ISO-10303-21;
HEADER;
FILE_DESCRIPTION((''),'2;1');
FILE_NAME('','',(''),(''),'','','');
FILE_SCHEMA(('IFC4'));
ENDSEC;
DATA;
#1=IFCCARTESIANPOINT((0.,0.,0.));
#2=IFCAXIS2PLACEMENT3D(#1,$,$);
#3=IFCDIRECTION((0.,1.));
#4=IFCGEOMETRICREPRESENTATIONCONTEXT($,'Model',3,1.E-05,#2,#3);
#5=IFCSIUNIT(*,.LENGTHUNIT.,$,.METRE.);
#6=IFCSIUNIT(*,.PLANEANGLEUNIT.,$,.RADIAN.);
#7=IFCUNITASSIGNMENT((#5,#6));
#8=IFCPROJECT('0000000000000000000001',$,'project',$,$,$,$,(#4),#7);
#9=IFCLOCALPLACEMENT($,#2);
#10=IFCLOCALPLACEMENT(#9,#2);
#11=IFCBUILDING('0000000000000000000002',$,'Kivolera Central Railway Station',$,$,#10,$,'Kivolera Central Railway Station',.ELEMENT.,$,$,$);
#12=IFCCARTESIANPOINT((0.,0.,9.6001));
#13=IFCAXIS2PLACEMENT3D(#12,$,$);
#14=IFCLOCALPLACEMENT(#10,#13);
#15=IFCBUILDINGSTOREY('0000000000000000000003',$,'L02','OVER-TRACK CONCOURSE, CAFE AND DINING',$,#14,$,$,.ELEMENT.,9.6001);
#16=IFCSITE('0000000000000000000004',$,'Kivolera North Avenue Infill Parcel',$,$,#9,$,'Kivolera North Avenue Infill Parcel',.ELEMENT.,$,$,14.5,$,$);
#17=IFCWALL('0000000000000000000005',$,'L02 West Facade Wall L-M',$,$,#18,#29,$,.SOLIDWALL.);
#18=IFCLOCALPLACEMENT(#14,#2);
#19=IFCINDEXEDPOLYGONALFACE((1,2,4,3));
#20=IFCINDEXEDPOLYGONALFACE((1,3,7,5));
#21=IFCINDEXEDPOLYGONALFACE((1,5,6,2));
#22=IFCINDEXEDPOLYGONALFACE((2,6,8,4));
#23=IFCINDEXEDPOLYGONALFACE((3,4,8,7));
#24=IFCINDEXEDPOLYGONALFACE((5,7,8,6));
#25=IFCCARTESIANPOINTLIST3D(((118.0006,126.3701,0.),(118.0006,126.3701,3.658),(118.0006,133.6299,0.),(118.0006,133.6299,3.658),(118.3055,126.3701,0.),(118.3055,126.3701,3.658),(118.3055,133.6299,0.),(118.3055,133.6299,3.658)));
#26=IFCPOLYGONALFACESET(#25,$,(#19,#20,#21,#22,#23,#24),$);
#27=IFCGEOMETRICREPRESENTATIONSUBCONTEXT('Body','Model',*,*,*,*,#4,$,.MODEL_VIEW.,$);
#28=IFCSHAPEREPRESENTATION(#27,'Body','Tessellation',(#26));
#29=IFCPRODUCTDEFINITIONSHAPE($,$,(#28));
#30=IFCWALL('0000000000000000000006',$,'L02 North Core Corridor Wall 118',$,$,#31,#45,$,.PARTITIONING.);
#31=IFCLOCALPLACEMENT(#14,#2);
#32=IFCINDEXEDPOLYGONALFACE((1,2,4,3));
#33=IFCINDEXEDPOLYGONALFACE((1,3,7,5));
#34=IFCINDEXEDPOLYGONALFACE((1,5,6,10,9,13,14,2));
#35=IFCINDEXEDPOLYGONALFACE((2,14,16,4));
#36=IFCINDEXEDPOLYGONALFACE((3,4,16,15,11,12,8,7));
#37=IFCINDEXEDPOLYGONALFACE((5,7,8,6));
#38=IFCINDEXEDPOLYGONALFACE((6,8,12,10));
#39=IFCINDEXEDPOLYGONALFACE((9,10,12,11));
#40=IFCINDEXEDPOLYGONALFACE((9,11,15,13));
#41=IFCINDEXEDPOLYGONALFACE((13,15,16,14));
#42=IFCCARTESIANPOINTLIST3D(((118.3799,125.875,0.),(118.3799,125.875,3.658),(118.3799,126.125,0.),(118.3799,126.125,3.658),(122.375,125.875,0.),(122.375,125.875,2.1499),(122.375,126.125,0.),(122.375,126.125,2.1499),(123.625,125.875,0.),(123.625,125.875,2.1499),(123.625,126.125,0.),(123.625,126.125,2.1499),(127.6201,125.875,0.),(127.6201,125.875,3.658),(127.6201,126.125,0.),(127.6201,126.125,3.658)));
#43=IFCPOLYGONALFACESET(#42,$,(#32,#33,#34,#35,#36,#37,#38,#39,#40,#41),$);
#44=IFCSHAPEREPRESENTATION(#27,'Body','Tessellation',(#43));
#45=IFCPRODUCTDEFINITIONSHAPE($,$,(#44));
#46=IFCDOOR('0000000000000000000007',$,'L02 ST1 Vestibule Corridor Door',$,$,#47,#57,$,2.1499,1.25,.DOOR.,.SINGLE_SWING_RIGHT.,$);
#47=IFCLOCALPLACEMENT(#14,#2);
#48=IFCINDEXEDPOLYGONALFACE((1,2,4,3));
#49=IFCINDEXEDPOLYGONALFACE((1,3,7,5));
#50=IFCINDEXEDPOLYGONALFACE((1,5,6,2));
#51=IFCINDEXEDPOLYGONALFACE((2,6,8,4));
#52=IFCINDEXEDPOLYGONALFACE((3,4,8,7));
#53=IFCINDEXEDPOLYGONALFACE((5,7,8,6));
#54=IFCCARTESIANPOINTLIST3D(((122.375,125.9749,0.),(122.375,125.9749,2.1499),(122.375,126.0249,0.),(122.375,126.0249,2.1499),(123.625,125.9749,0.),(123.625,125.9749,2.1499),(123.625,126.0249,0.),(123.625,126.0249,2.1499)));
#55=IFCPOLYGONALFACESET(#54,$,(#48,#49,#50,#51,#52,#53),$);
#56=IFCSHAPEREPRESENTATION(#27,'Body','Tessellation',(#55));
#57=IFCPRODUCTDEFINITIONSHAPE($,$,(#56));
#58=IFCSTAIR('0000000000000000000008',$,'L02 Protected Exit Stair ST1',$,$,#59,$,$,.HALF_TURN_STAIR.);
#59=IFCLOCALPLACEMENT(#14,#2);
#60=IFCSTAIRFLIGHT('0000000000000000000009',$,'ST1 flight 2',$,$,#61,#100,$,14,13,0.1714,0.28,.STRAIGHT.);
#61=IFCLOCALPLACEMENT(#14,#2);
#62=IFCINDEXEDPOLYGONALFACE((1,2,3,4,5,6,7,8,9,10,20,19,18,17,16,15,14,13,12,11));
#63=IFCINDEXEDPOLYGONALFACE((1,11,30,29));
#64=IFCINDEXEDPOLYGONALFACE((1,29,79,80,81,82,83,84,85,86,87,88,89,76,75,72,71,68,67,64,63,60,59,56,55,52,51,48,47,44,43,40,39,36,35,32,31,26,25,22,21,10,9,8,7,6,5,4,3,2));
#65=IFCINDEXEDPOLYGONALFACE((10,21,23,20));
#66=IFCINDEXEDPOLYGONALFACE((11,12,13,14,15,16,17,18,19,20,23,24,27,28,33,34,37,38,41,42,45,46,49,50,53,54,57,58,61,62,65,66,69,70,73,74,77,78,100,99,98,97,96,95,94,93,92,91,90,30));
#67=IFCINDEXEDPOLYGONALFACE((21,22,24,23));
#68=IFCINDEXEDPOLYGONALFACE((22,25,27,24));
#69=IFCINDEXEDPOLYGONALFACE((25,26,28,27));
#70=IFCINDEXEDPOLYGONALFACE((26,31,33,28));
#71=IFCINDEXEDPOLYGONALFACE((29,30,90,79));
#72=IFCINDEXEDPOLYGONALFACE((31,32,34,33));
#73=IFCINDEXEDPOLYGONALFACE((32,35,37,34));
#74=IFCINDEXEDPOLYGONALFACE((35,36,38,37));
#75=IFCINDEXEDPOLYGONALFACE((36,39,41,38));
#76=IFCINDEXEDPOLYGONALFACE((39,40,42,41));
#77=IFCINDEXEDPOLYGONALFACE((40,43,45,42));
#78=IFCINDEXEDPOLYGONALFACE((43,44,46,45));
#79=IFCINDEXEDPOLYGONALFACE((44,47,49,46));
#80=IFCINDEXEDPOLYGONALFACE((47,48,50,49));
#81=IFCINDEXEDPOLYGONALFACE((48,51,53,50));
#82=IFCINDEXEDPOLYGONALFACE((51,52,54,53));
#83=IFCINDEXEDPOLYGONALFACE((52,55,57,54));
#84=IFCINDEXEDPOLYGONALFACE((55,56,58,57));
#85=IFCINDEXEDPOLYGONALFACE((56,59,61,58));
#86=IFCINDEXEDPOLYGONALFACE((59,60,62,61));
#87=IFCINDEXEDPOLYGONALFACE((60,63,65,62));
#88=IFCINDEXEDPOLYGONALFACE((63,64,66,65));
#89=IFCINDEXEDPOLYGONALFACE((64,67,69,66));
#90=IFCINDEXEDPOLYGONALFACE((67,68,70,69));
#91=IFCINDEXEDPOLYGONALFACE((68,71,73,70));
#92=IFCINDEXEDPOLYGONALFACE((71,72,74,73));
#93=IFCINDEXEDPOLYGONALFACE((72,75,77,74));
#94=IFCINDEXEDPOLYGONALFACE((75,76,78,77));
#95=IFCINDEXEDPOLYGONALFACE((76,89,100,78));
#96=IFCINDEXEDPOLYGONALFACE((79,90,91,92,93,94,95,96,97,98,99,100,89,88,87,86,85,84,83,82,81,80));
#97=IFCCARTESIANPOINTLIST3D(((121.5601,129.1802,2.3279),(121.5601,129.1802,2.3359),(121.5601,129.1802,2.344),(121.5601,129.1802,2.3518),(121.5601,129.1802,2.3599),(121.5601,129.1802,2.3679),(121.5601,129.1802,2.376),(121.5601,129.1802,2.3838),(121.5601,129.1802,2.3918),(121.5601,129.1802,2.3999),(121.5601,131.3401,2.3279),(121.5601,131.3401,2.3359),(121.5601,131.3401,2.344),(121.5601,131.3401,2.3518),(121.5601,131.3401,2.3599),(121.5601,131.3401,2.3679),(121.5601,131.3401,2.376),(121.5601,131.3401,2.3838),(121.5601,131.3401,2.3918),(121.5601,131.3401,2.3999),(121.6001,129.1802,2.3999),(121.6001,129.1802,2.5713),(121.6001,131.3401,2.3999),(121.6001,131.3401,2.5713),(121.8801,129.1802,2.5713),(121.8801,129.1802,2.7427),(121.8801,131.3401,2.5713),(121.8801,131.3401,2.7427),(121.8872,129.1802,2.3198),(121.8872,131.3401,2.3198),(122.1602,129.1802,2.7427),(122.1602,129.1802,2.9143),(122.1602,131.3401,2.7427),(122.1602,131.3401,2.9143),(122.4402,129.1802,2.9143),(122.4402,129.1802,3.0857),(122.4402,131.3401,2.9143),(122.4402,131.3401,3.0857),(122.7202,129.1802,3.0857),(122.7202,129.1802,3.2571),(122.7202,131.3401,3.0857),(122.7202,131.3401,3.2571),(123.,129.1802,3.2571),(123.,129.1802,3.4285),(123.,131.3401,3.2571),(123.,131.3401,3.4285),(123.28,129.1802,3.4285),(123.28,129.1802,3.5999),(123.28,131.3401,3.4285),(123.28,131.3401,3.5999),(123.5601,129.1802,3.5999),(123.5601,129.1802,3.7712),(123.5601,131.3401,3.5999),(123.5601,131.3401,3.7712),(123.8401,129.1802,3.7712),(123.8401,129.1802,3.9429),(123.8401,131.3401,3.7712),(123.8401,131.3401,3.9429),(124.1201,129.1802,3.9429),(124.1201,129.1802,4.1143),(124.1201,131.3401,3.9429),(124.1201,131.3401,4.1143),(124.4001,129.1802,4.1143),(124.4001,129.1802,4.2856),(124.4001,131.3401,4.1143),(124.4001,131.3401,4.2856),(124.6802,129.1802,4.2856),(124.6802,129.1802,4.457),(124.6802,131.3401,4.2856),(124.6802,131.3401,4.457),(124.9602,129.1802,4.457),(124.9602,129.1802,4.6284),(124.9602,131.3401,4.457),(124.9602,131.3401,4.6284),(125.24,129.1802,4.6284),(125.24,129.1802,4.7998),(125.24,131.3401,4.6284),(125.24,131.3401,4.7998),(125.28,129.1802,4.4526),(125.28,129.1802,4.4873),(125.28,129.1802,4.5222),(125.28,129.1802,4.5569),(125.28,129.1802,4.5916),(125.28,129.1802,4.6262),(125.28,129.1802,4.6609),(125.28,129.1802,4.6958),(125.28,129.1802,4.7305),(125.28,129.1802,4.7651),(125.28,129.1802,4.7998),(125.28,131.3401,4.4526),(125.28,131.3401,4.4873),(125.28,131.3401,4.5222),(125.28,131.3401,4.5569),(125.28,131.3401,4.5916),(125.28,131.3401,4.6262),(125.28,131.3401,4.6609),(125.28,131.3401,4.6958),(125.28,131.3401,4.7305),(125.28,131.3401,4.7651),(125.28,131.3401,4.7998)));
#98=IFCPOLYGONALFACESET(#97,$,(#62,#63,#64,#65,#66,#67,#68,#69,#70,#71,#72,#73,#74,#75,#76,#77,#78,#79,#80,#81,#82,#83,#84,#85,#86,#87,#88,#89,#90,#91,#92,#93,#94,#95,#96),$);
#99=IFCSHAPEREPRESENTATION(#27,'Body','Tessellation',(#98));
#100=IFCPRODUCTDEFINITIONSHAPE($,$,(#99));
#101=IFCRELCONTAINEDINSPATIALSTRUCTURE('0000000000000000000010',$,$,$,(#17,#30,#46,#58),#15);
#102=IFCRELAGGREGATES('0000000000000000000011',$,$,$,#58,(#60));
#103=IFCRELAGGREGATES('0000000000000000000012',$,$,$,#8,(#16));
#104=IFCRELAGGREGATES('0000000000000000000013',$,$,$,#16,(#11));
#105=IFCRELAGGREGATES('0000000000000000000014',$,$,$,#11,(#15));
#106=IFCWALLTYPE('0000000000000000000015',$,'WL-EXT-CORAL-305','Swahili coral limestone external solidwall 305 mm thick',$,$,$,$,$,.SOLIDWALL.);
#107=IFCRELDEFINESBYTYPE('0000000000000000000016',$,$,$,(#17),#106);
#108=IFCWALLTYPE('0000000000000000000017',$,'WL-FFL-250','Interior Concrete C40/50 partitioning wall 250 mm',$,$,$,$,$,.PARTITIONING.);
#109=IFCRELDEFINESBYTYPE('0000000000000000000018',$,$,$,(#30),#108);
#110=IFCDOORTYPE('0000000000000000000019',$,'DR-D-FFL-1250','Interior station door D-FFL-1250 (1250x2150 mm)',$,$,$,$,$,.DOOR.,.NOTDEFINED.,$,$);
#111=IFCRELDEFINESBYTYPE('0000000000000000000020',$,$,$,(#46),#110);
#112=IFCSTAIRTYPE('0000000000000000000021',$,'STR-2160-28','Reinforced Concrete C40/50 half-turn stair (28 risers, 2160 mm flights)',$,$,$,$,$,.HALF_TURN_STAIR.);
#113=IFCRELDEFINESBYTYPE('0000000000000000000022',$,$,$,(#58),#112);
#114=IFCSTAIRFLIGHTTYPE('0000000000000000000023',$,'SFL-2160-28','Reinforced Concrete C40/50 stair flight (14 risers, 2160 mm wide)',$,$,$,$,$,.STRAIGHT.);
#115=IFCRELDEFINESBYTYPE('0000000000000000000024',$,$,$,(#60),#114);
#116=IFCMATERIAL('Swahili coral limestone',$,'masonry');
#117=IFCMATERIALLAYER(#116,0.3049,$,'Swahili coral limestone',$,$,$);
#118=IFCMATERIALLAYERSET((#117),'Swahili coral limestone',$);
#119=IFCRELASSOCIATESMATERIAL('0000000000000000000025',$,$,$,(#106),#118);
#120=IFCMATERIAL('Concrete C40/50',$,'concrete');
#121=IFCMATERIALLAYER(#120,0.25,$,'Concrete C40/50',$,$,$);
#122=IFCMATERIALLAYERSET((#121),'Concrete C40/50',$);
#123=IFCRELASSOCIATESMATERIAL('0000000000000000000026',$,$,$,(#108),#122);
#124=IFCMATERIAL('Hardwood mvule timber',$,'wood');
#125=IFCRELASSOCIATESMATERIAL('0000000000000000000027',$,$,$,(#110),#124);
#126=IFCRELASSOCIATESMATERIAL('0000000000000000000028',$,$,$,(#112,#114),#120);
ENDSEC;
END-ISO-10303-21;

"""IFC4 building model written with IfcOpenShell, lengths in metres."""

from ifc_helpers import new_model, si_unit, direction, frame, frame_2d, origin, place, context, subcontext, project, spatial, polyline, rectangle, outline, extrude, material, layer, layer_set, type_object, element, fill, aggregate, save


model = new_model("IFC4")

# Units and contexts
model_context = context("Model", 3, precision=1e-05, world=origin(), true_north=direction((0.0, 1.0)))
body_context = subcontext(model_context, "Body", "Model", "MODEL_VIEW")
ifc_project = project(units=[si_unit("LENGTHUNIT", "METRE"), si_unit("PLANEANGLEUNIT", "RADIAN")], contexts=[model_context])

# Site, building, storey
site_placement = place(None, origin())
site = spatial("IfcSite", under=ifc_project, at=site_placement, Name="Kivolera North Avenue Infill Parcel", LongName="Kivolera North Avenue Infill Parcel", CompositionType="ELEMENT", RefElevation=14.5)
building_placement = place(site_placement, origin())
building = spatial("IfcBuilding", under=site, at=building_placement, Name="Kivolera Central Railway Station", LongName="Kivolera Central Railway Station", CompositionType="ELEMENT")
storey_placement = place(building_placement, frame((0.0, 0.0, 9.6001)))
storey = spatial("IfcBuildingStorey", under=building, at=storey_placement, Name="L02", Description="OVER-TRACK CONCOURSE, CAFE AND DINING", CompositionType="ELEMENT", Elevation=9.6001)

# Shared definitions
ifc_material_1 = material(Name="Concrete C40/50", Category="concrete")

# Shared definitions
ifc_material_2 = material(Name="Hardwood mvule timber", Category="wood")

# Wall
ifc_material_3 = material(Name="Swahili coral limestone", Category="masonry")
ifc_layer_1 = layer(ifc_material_3, 0.3049, Name="Swahili coral limestone")
ifc_layer_set_1 = layer_set([ifc_layer_1], Name="Swahili coral limestone")
wall_type_1 = type_object("IfcWallType", Name="WL-EXT-CORAL-305", Description="Swahili coral limestone external solidwall 305 mm thick", PredefinedType="SOLIDWALL", material=ifc_layer_set_1)
wall_1_placement = place(storey_placement, frame((118.1531, 126.3701, 0.0), z_axis=(0.0, 0.0, 1.0), x_axis=(0.0, 1.0, 0.0)))
element("IfcWall", 1, at=wall_1_placement, inside=storey, type_object=wall_type_1, Name="L02 West Facade Wall L-M", PredefinedType="SOLIDWALL", context=body_context, shape_type="SweptSolid", body=[
    extrude(rectangle(XDim=7.2598, YDim=0.3049, at=frame_2d((3.6299, 0.0))), origin(), (0.0, 0.0, 1.0), 3.658),
])

# Wall, opening, door
ifc_layer_2 = layer(ifc_material_1, 0.25, Name="Concrete C40/50")
ifc_layer_set_2 = layer_set([ifc_layer_2], Name="Concrete C40/50")
wall_type_2 = type_object("IfcWallType", Name="WL-FFL-250", Description="Interior Concrete C40/50 partitioning wall 250 mm", PredefinedType="PARTITIONING", material=ifc_layer_set_2)
wall_2_placement = place(storey_placement, frame((118.3799, 126.0, 0.0), z_axis=(0.0, 0.0, 1.0), x_axis=(1.0, 0.0, 0.0)))
wall_2 = element("IfcWall", 2, at=wall_2_placement, inside=storey, type_object=wall_type_2, Name="L02 North Core Corridor Wall 118", PredefinedType="PARTITIONING", context=body_context, shape_type="SweptSolid", body=[
    extrude(rectangle(XDim=9.2402, YDim=0.25, at=frame_2d((4.6201, 0.0))), origin(), (0.0, 0.0, 1.0), 3.658),
])
opening_1_placement = place(wall_2_placement, frame((3.9951, 0.0, 0.0)))
opening_1 = element("IfcOpeningElement", 3, at=opening_1_placement, cuts=wall_2, PredefinedType="OPENING", context=body_context, shape_type="SweptSolid", body=[
    extrude(rectangle(XDim=1.25, YDim=2.1499, at=frame_2d((0.625, 1.075))), frame((0.0, 0.135, 0.0), z_axis=(0.0, -1.0, 0.0), x_axis=(1.0, 0.0, 0.0)), (0.0, 0.0, 1.0), 0.27),
])
door_type_1 = type_object("IfcDoorType", Name="DR-D-FFL-1250", Description="Interior station door D-FFL-1250 (1250x2150 mm)", OperationType="NOTDEFINED", PredefinedType="DOOR", material=ifc_material_2)
door_1_placement = place(opening_1_placement, origin())
door_1 = element("IfcDoor", 4, at=door_1_placement, inside=storey, type_object=door_type_1, Name="L02 ST1 Vestibule Corridor Door", OperationType="SINGLE_SWING_RIGHT", OverallHeight=2.1499, OverallWidth=1.25, PredefinedType="DOOR", context=body_context, shape_type="SweptSolid", body=[
    extrude(rectangle(XDim=1.25, YDim=2.1499, at=frame_2d((0.625, 1.075))), frame((0.0, 0.0249, 0.0), z_axis=(0.0, -1.0, 0.0), x_axis=(1.0, 0.0, 0.0)), (0.0, 0.0, 1.0), 0.05),
])
fill(opening_1, door_1)

# Stair, stair flight
stair_type = type_object("IfcStairType", Name="STR-2160-28", Description="Reinforced Concrete C40/50 half-turn stair (28 risers, 2160 mm flights)", PredefinedType="HALF_TURN_STAIR", material=ifc_material_1)
stair_placement = place(storey_placement, origin())
stair = element("IfcStair", 5, at=stair_placement, inside=storey, type_object=stair_type, Name="L02 Protected Exit Stair ST1", PredefinedType="HALF_TURN_STAIR")
stair_flight_type = type_object("IfcStairFlightType", Name="SFL-2160-28", Description="Reinforced Concrete C40/50 stair flight (14 risers, 2160 mm wide)", PredefinedType="STRAIGHT", material=ifc_material_1)
stair_flight_placement = place(storey_placement, frame((121.6001, 130.26, 2.3999), z_axis=(0.0, 0.0, 1.0), x_axis=(1.0, 0.0, 0.0)))
stair_flight = element("IfcStairFlight", 6, at=stair_flight_placement, type_object=stair_flight_type, Name="ST1 flight 2", NumberOfRisers=14, NumberOfTreads=13, PredefinedType="STRAIGHT", RiserHeight=0.1714, TreadLength=0.28, context=body_context, shape_type="SweptSolid", body=[
    extrude(outline(polyline([(-0.04, 0.0), (0.0, 0.0), (0.0, 0.1714), (0.28, 0.1714), (0.28, 0.3428), (0.5601, 0.3428), (0.5601, 0.5144), (0.8401, 0.5144), (0.8401, 0.6858), (1.1201, 0.6858), (1.1201, 0.8572), (1.3999, 0.8572), (1.3999, 1.0286), (1.6799, 1.0286), (1.6799, 1.2), (1.96, 1.2), (1.96, 1.3713), (2.24, 1.3713), (2.24, 1.543), (2.52, 1.543), (2.52, 1.7144), (2.8, 1.7144), (2.8, 1.8857), (3.0801, 1.8857), (3.0801, 2.0571), (3.3601, 2.0571), (3.3601, 2.2285), (3.6399, 2.2285), (3.6399, 2.3999), (3.6799, 2.3999), (3.6799, 2.3652), (3.6799, 2.3306), (3.6799, 2.2959), (3.6799, 2.261), (3.6799, 2.2263), (3.6799, 2.1917), (3.6799, 2.157), (3.6799, 2.1223), (3.6799, 2.0874), (3.6799, 2.0527), (0.2871, -0.0801), (-0.04, -0.072), (-0.04, -0.064), (-0.04, -0.0559), (-0.04, -0.0481), (-0.04, -0.04), (-0.04, -0.032), (-0.04, -0.0239), (-0.04, -0.0161), (-0.04, -0.0081), (-0.04, 0.0)])), frame((0.0, 1.0801, 0.0), z_axis=(0.0, -1.0, 0.0), x_axis=(1.0, 0.0, 0.0)), (0.0, 0.0, 1.0), 2.1599),
])
aggregate(stair, [stair_flight])

save(model, "model.ifc")
